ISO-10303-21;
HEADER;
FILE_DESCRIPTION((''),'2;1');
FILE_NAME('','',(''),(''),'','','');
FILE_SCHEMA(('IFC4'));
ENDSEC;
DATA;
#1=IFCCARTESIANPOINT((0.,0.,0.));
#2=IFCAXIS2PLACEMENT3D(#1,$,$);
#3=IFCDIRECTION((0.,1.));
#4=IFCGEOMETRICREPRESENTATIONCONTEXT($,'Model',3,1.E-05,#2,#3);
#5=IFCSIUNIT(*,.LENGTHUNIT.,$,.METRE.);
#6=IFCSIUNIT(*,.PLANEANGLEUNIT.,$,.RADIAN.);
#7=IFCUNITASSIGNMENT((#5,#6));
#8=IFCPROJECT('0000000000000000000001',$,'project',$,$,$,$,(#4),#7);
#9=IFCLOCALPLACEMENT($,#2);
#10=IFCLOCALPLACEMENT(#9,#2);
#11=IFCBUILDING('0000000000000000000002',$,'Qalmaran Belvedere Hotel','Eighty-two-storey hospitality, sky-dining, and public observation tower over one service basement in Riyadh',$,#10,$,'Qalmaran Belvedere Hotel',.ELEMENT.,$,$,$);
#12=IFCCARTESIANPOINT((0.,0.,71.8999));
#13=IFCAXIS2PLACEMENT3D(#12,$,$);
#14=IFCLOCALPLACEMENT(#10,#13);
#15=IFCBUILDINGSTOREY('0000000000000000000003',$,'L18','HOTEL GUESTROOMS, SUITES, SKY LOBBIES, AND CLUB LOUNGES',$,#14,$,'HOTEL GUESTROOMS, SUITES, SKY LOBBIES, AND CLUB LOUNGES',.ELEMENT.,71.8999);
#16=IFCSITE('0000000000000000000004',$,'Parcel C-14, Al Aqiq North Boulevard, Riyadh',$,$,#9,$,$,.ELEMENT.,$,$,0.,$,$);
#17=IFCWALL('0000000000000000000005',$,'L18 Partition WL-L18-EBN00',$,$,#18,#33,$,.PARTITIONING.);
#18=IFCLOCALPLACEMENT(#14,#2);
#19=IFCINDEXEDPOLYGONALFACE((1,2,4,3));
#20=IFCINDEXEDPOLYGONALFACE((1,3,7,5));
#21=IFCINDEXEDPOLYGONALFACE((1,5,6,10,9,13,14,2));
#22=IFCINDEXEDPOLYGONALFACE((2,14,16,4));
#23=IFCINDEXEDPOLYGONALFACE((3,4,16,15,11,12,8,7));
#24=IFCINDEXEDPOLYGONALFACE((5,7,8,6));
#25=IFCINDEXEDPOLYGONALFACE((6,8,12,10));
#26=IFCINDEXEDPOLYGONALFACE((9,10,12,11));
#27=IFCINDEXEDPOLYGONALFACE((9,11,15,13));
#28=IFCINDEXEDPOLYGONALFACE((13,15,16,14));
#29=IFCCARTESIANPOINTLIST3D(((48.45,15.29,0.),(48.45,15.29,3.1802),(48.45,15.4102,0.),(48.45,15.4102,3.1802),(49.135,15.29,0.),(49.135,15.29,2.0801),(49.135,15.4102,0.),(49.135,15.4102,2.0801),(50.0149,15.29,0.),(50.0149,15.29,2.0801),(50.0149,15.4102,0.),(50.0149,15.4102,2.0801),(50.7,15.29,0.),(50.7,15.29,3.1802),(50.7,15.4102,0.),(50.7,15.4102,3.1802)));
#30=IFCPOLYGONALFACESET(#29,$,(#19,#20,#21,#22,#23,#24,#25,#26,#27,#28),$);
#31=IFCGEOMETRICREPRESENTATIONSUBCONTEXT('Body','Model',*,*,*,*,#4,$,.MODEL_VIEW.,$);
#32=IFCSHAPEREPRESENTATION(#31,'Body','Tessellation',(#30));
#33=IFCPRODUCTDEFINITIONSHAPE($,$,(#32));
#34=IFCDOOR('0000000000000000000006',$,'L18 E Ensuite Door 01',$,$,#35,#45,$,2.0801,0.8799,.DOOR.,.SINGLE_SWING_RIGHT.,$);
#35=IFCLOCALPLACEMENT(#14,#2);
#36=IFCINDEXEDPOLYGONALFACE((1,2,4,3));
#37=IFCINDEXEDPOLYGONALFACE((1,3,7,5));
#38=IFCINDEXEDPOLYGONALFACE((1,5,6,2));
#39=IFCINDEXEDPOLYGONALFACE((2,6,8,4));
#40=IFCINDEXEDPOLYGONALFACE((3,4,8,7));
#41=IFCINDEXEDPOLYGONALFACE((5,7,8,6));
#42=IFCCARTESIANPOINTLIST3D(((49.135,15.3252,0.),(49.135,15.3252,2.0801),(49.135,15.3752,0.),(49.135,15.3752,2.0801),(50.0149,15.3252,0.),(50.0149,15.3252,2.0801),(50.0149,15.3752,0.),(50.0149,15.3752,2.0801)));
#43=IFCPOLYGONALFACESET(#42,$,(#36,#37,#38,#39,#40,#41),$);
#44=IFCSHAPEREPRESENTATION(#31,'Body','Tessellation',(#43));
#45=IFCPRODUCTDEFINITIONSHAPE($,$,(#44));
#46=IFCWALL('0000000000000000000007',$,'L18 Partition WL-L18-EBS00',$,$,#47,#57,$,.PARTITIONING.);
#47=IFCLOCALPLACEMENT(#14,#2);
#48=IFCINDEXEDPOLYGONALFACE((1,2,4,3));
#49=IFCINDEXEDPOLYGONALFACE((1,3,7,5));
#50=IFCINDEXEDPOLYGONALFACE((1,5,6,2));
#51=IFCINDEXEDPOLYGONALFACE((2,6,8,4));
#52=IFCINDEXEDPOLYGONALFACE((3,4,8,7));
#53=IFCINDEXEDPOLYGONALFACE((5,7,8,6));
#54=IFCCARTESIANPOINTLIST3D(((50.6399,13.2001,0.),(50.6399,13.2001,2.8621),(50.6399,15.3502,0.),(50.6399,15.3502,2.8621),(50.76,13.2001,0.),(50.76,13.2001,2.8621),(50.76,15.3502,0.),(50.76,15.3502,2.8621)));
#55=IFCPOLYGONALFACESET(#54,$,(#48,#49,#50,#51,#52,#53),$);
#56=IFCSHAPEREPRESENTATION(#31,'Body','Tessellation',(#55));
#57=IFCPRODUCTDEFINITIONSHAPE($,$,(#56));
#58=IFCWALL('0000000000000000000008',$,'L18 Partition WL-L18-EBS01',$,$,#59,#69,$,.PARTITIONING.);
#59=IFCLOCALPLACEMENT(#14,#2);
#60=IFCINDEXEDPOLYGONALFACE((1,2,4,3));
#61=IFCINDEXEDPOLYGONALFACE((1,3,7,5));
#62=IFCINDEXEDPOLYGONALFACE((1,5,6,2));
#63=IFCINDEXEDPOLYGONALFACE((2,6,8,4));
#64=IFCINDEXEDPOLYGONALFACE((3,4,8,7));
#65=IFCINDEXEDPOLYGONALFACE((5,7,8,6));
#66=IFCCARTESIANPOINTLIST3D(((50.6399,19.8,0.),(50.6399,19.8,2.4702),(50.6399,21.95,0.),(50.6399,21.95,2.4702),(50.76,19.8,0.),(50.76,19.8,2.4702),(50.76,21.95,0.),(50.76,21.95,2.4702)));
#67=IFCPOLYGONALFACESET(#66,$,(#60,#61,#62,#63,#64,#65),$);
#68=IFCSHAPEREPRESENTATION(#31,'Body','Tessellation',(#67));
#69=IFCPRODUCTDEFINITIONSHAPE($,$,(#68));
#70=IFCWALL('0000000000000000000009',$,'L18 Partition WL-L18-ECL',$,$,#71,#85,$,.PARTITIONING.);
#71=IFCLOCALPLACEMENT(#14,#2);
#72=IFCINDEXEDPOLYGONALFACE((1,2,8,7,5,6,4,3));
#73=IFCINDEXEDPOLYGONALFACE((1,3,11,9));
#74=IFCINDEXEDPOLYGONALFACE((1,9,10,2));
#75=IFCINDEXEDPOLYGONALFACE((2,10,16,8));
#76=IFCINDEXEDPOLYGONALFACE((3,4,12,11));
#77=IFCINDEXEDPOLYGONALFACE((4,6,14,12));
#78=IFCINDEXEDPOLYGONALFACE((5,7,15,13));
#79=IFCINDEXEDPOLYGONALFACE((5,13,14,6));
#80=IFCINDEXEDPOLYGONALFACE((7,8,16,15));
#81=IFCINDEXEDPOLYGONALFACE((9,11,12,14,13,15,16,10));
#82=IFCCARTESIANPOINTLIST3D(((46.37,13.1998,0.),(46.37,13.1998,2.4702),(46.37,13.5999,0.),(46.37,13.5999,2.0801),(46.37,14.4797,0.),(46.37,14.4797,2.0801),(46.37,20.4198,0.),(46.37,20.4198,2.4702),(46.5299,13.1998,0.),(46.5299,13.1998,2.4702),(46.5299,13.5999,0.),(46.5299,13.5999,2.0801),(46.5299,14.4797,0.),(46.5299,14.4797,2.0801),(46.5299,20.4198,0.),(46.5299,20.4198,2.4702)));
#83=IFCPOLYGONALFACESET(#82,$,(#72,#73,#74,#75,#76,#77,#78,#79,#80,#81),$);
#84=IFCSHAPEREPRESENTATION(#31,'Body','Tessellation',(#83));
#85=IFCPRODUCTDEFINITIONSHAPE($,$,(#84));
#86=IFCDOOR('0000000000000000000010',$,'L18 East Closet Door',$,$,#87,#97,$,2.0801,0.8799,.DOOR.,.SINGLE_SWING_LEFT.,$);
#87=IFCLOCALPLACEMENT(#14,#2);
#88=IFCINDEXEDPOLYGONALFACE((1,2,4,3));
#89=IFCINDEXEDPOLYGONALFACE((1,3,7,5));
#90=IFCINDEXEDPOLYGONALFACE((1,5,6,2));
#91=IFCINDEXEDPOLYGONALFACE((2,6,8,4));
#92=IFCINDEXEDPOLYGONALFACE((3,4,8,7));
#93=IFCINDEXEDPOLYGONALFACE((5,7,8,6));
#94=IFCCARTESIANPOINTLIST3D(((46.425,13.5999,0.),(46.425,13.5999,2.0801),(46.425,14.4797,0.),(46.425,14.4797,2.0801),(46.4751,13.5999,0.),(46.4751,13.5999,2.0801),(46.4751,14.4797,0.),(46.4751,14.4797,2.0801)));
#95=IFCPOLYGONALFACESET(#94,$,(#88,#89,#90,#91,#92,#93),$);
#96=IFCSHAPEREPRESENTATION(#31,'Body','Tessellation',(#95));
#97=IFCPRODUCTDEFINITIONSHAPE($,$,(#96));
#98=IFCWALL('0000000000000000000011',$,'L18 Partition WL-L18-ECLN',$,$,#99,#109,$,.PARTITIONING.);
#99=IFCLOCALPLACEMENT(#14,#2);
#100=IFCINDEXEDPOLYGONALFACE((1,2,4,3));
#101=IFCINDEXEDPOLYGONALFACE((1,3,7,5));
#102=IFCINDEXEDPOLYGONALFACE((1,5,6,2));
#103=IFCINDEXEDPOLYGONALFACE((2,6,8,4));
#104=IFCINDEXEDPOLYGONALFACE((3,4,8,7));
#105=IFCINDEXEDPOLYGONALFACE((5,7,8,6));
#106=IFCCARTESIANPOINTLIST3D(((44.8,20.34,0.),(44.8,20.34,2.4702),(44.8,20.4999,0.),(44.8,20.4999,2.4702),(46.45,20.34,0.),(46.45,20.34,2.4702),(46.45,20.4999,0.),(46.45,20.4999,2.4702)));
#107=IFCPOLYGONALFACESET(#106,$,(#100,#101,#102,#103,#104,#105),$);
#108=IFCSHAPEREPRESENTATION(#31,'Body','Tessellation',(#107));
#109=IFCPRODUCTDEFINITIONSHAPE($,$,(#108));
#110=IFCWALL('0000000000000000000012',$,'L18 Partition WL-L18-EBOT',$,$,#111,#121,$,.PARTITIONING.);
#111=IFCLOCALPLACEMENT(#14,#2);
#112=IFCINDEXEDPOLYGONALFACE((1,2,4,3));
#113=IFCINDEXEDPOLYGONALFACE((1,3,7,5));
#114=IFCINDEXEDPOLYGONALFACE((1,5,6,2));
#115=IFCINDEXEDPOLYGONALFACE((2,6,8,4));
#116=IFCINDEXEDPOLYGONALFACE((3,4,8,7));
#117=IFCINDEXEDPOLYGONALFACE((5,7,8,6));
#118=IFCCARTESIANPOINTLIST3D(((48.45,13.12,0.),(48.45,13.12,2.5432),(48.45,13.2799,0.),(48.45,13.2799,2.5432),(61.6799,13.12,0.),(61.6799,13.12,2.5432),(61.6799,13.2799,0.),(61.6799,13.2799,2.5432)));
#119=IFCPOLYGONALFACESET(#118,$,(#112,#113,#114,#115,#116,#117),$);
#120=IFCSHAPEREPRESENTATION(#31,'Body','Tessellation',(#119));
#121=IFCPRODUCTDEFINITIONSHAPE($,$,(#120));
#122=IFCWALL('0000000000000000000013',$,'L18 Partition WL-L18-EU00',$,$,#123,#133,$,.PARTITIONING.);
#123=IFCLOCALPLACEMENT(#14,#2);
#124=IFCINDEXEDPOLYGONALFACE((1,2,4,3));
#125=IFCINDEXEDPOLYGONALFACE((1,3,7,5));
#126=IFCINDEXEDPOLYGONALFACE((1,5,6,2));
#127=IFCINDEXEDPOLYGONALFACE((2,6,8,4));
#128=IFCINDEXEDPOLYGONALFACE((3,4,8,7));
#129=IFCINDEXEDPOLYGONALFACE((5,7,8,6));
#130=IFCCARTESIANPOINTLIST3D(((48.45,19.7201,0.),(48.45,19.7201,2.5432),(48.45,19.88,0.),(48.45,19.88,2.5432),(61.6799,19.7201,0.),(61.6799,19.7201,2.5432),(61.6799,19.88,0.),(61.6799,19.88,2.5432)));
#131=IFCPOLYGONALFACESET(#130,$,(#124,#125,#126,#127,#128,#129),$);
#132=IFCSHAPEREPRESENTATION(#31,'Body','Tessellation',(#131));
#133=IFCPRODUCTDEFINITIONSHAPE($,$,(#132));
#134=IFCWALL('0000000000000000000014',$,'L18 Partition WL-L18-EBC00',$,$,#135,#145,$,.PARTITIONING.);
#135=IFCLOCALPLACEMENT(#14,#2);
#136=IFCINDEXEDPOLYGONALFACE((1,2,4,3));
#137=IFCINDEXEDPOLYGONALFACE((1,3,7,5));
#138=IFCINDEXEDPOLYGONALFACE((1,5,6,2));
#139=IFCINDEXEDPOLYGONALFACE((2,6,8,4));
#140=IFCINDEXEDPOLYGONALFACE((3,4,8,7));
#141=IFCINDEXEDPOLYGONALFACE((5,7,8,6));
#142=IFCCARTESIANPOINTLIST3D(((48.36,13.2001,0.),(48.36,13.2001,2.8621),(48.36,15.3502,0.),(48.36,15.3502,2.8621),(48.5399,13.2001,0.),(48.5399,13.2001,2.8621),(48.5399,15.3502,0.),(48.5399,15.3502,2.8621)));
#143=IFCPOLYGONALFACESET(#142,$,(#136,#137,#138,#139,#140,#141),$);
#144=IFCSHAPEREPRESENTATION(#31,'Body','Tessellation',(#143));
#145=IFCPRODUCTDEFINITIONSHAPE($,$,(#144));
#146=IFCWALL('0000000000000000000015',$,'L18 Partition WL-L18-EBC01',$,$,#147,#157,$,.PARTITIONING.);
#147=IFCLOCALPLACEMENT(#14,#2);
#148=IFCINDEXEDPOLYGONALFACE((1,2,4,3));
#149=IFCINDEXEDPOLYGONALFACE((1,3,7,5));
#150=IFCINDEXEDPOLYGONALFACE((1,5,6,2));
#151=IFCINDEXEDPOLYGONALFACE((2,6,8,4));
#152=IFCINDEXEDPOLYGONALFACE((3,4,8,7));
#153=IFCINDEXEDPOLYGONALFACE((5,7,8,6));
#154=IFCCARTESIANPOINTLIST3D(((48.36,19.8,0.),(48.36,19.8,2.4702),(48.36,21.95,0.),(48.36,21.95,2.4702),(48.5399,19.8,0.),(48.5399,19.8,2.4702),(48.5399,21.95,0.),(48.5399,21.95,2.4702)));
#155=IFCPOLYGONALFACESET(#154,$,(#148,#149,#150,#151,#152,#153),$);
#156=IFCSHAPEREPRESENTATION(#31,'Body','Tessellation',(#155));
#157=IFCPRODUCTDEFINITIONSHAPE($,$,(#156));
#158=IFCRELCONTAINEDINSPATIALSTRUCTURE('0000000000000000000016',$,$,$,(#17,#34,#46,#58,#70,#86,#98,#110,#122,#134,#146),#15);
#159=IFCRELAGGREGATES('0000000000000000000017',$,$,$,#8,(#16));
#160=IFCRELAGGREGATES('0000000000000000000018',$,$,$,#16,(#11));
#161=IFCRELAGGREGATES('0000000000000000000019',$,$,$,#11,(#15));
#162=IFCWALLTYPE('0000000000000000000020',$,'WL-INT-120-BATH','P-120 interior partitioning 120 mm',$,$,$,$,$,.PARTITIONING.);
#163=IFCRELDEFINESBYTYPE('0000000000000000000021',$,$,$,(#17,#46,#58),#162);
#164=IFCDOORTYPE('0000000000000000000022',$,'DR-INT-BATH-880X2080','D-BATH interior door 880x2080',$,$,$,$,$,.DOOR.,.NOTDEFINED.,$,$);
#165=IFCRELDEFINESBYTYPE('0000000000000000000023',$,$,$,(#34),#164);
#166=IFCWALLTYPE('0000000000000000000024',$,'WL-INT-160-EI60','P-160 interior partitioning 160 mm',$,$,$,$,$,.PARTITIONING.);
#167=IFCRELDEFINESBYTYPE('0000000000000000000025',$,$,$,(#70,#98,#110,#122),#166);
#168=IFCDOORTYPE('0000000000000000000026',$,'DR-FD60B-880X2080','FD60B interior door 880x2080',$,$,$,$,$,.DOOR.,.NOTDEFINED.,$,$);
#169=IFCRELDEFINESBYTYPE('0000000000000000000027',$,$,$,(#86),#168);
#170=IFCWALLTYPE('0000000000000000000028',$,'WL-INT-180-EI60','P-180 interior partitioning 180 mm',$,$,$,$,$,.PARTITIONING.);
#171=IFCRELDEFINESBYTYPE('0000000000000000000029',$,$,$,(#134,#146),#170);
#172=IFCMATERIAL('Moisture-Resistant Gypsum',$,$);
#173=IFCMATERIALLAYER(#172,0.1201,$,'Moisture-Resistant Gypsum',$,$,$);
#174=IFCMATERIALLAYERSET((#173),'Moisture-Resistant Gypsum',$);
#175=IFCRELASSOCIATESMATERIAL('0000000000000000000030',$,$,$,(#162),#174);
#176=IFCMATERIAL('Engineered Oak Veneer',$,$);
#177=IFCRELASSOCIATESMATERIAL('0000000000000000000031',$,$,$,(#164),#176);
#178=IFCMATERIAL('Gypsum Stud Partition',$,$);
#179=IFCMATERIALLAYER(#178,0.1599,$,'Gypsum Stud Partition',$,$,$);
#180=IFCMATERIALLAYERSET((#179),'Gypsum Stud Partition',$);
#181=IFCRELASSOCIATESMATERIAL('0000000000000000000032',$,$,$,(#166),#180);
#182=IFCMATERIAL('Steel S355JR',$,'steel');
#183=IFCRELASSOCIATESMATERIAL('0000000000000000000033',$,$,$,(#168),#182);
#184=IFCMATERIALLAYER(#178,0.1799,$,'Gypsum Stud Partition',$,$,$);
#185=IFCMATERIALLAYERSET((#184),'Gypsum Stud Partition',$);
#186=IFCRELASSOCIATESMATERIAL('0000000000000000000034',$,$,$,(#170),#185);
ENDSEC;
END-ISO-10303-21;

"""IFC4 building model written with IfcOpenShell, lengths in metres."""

from ifc_helpers import new_model, si_unit, direction, frame, frame_2d, origin, place, context, subcontext, project, spatial, rectangle, extrude, material, layer, layer_set, type_object, element, fill, save


model = new_model("IFC4")

# Units and contexts
model_context = context("Model", 3, precision=1e-05, world=origin(), true_north=direction((0.0, 1.0)))
body_context = subcontext(model_context, "Body", "Model", "MODEL_VIEW")
ifc_project = project(units=[si_unit("LENGTHUNIT", "METRE"), si_unit("PLANEANGLEUNIT", "RADIAN")], contexts=[model_context])

# Site, building, storey
site_placement = place(None, origin())
site = spatial("IfcSite", under=ifc_project, at=site_placement, Name="Parcel C-14, Al Aqiq North Boulevard, Riyadh", CompositionType="ELEMENT", RefElevation=0.0)
building_placement = place(site_placement, origin())
building = spatial("IfcBuilding", under=site, at=building_placement, Name="Qalmaran Belvedere Hotel", Description="Eighty-two-storey hospitality, sky-dining, and public observation tower over one service basement in Riyadh", LongName="Qalmaran Belvedere Hotel", CompositionType="ELEMENT")
storey_placement = place(building_placement, frame((0.0, 0.0, 71.8999)))
storey = spatial("IfcBuildingStorey", under=building, at=storey_placement, Name="L18", Description="HOTEL GUESTROOMS, SUITES, SKY LOBBIES, AND CLUB LOUNGES", LongName="HOTEL GUESTROOMS, SUITES, SKY LOBBIES, AND CLUB LOUNGES", CompositionType="ELEMENT", Elevation=71.8999)

# Shared definitions
ifc_material_1 = material(Name="Steel S355JR", Category="steel")

# Wall, opening, door
ifc_material_2 = material(Name="Moisture-Resistant Gypsum")
ifc_layer_1 = layer(ifc_material_2, 0.1201, Name="Moisture-Resistant Gypsum")
ifc_layer_set_1 = layer_set([ifc_layer_1], Name="Moisture-Resistant Gypsum")
wall_type_1 = type_object("IfcWallType", Name="WL-INT-120-BATH", Description="P-120 interior partitioning 120 mm", PredefinedType="PARTITIONING", material=ifc_layer_set_1)
wall_1_placement = place(storey_placement, frame((48.45, 15.3501, 0.0), z_axis=(0.0, 0.0, 1.0), x_axis=(1.0, 0.0, 0.0)))
wall_1 = element("IfcWall", 1, at=wall_1_placement, inside=storey, type_object=wall_type_1, Name="L18 Partition WL-L18-EBN00", PredefinedType="PARTITIONING", context=body_context, shape_type="SweptSolid", body=[
    extrude(rectangle(XDim=2.25, YDim=0.1201, at=frame_2d((1.125, 0.0))), origin(), (0.0, 0.0, 1.0), 3.1802),
])
opening_1_placement = place(wall_1_placement, frame((1.5649, 0.0, 0.0), z_axis=(0.0, 0.0, 1.0), x_axis=(-1.0, 0.0, 0.0)))
opening_1 = element("IfcOpeningElement", 2, at=opening_1_placement, cuts=wall_1, PredefinedType="OPENING", context=body_context, shape_type="SweptSolid", body=[
    extrude(rectangle(XDim=0.8799, YDim=2.0801, at=frame_2d((0.4399, 1.04))), frame((0.0, 0.0701, 0.0), z_axis=(0.0, -1.0, 0.0), x_axis=(1.0, 0.0, 0.0)), (0.0, 0.0, 1.0), 0.1401),
])
ifc_material_3 = material(Name="Engineered Oak Veneer")
door_type_1 = type_object("IfcDoorType", Name="DR-INT-BATH-880X2080", Description="D-BATH interior door 880x2080", OperationType="NOTDEFINED", PredefinedType="DOOR", material=ifc_material_3)
door_1_placement = place(opening_1_placement, origin())
door_1 = element("IfcDoor", 3, at=door_1_placement, inside=storey, type_object=door_type_1, Name="L18 E Ensuite Door 01", OperationType="SINGLE_SWING_RIGHT", OverallHeight=2.0801, OverallWidth=0.8799, PredefinedType="DOOR", context=body_context, shape_type="SweptSolid", body=[
    extrude(rectangle(XDim=0.8799, YDim=2.0801, at=frame_2d((0.4399, 1.04))), frame((0.0, 0.0249, 0.0), z_axis=(0.0, -1.0, 0.0), x_axis=(1.0, 0.0, 0.0)), (0.0, 0.0, 1.0), 0.05),
])
fill(opening_1, door_1)

# Walls
wall_2_placement = place(storey_placement, frame((50.7, 13.2, 0.0), z_axis=(0.0, 0.0, 1.0), x_axis=(0.0, 1.0, 0.0)))
element("IfcWall", 4, at=wall_2_placement, inside=storey, type_object=wall_type_1, Name="L18 Partition WL-L18-EBS00", PredefinedType="PARTITIONING", context=body_context, shape_type="SweptSolid", body=[
    extrude(rectangle(XDim=2.1501, YDim=0.1201, at=frame_2d((1.0752, 0.0))), origin(), (0.0, 0.0, 1.0), 2.8621),
])
wall_3_placement = place(storey_placement, frame((50.7, 19.8, 0.0), z_axis=(0.0, 0.0, 1.0), x_axis=(0.0, 1.0, 0.0)))
element("IfcWall", 5, at=wall_3_placement, inside=storey, type_object=wall_type_1, Name="L18 Partition WL-L18-EBS01", PredefinedType="PARTITIONING", context=body_context, shape_type="SweptSolid", body=[
    extrude(rectangle(XDim=2.1499, YDim=0.1201, at=frame_2d((1.075, 0.0))), origin(), (0.0, 0.0, 1.0), 2.4702),
])

# Wall, opening, door
ifc_material_4 = material(Name="Gypsum Stud Partition")
ifc_layer_2 = layer(ifc_material_4, 0.1599, Name="Gypsum Stud Partition")
ifc_layer_set_2 = layer_set([ifc_layer_2], Name="Gypsum Stud Partition")
wall_type_2 = type_object("IfcWallType", Name="WL-INT-160-EI60", Description="P-160 interior partitioning 160 mm", PredefinedType="PARTITIONING", material=ifc_layer_set_2)
wall_4_placement = place(storey_placement, frame((46.45, 13.2, 0.0), z_axis=(0.0, 0.0, 1.0), x_axis=(0.0, 1.0, 0.0)))
wall_4 = element("IfcWall", 6, at=wall_4_placement, inside=storey, type_object=wall_type_2, Name="L18 Partition WL-L18-ECL", PredefinedType="PARTITIONING", context=body_context, shape_type="SweptSolid", body=[
    extrude(rectangle(XDim=7.22, YDim=0.1599, at=frame_2d((3.6099, 0.0))), origin(), (0.0, 0.0, 1.0), 2.4702),
])
opening_2_placement = place(wall_4_placement, frame((0.3999, 0.0, 0.0)))
opening_2 = element("IfcOpeningElement", 7, at=opening_2_placement, cuts=wall_4, PredefinedType="OPENING", context=body_context, shape_type="SweptSolid", body=[
    extrude(rectangle(XDim=0.8799, YDim=2.0801, at=frame_2d((0.4399, 1.04))), frame((0.0, 0.0898, 0.0), z_axis=(0.0, -1.0, 0.0), x_axis=(1.0, 0.0, 0.0)), (0.0, 0.0, 1.0), 0.1799),
])
door_type_2 = type_object("IfcDoorType", Name="DR-FD60B-880X2080", Description="FD60B interior door 880x2080", OperationType="NOTDEFINED", PredefinedType="DOOR", material=ifc_material_1)
door_2_placement = place(opening_2_placement, origin())
door_2 = element("IfcDoor", 8, at=door_2_placement, inside=storey, type_object=door_type_2, Name="L18 East Closet Door", OperationType="SINGLE_SWING_LEFT", OverallHeight=2.0801, OverallWidth=0.8799, PredefinedType="DOOR", context=body_context, shape_type="SweptSolid", body=[
    extrude(rectangle(XDim=0.8799, YDim=2.0801, at=frame_2d((0.4399, 1.04))), frame((0.0, 0.0249, 0.0), z_axis=(0.0, -1.0, 0.0), x_axis=(1.0, 0.0, 0.0)), (0.0, 0.0, 1.0), 0.05),
])
fill(opening_2, door_2)

# Walls
wall_5_placement = place(storey_placement, frame((44.8, 20.4199, 0.0), z_axis=(0.0, 0.0, 1.0), x_axis=(1.0, 0.0, 0.0)))
element("IfcWall", 9, at=wall_5_placement, inside=storey, type_object=wall_type_2, Name="L18 Partition WL-L18-ECLN", PredefinedType="PARTITIONING", context=body_context, shape_type="SweptSolid", body=[
    extrude(rectangle(XDim=1.6499, YDim=0.1599, at=frame_2d((0.825, 0.0))), origin(), (0.0, 0.0, 1.0), 2.4702),
])
for number, where, z_axis, x_axis, name in (
    (10, (48.45, 13.2, 0.0), (0.0, 0.0, 1.0), (1.0, 0.0, 0.0), "L18 Partition WL-L18-EBOT"),
    (11, (48.45, 19.8, 0.0), (0.0, 0.0, 1.0), (1.0, 0.0, 0.0), "L18 Partition WL-L18-EU00"),
):
    element("IfcWall", number, at=place(storey_placement, frame(where, z_axis=z_axis, x_axis=x_axis)), inside=storey, type_object=wall_type_2, Name=name, PredefinedType="PARTITIONING", context=body_context, shape_type="SweptSolid", body=[
        extrude(rectangle(XDim=13.23, YDim=0.1599, at=frame_2d((6.615, 0.0))), origin(), (0.0, 0.0, 1.0), 2.5432),
    ])
ifc_layer_3 = layer(ifc_material_4, 0.1799, Name="Gypsum Stud Partition")
ifc_layer_set_3 = layer_set([ifc_layer_3], Name="Gypsum Stud Partition")
wall_type_3 = type_object("IfcWallType", Name="WL-INT-180-EI60", Description="P-180 interior partitioning 180 mm", PredefinedType="PARTITIONING", material=ifc_layer_set_3)
wall_6_placement = place(storey_placement, frame((48.45, 13.2, 0.0), z_axis=(0.0, 0.0, 1.0), x_axis=(0.0, 1.0, 0.0)))
element("IfcWall", 12, at=wall_6_placement, inside=storey, type_object=wall_type_3, Name="L18 Partition WL-L18-EBC00", PredefinedType="PARTITIONING", context=body_context, shape_type="SweptSolid", body=[
    extrude(rectangle(XDim=2.1501, YDim=0.1799, at=frame_2d((1.0752, 0.0))), origin(), (0.0, 0.0, 1.0), 2.8621),
])

# Wall
wall_7_placement = place(storey_placement, frame((48.45, 19.8, 0.0), z_axis=(0.0, 0.0, 1.0), x_axis=(0.0, 1.0, 0.0)))
element("IfcWall", 13, at=wall_7_placement, inside=storey, type_object=wall_type_3, Name="L18 Partition WL-L18-EBC01", PredefinedType="PARTITIONING", context=body_context, shape_type="SweptSolid", body=[
    extrude(rectangle(XDim=2.1499, YDim=0.1799, at=frame_2d((1.075, 0.0))), origin(), (0.0, 0.0, 1.0), 2.4702),
])

save(model, "model.ifc")
